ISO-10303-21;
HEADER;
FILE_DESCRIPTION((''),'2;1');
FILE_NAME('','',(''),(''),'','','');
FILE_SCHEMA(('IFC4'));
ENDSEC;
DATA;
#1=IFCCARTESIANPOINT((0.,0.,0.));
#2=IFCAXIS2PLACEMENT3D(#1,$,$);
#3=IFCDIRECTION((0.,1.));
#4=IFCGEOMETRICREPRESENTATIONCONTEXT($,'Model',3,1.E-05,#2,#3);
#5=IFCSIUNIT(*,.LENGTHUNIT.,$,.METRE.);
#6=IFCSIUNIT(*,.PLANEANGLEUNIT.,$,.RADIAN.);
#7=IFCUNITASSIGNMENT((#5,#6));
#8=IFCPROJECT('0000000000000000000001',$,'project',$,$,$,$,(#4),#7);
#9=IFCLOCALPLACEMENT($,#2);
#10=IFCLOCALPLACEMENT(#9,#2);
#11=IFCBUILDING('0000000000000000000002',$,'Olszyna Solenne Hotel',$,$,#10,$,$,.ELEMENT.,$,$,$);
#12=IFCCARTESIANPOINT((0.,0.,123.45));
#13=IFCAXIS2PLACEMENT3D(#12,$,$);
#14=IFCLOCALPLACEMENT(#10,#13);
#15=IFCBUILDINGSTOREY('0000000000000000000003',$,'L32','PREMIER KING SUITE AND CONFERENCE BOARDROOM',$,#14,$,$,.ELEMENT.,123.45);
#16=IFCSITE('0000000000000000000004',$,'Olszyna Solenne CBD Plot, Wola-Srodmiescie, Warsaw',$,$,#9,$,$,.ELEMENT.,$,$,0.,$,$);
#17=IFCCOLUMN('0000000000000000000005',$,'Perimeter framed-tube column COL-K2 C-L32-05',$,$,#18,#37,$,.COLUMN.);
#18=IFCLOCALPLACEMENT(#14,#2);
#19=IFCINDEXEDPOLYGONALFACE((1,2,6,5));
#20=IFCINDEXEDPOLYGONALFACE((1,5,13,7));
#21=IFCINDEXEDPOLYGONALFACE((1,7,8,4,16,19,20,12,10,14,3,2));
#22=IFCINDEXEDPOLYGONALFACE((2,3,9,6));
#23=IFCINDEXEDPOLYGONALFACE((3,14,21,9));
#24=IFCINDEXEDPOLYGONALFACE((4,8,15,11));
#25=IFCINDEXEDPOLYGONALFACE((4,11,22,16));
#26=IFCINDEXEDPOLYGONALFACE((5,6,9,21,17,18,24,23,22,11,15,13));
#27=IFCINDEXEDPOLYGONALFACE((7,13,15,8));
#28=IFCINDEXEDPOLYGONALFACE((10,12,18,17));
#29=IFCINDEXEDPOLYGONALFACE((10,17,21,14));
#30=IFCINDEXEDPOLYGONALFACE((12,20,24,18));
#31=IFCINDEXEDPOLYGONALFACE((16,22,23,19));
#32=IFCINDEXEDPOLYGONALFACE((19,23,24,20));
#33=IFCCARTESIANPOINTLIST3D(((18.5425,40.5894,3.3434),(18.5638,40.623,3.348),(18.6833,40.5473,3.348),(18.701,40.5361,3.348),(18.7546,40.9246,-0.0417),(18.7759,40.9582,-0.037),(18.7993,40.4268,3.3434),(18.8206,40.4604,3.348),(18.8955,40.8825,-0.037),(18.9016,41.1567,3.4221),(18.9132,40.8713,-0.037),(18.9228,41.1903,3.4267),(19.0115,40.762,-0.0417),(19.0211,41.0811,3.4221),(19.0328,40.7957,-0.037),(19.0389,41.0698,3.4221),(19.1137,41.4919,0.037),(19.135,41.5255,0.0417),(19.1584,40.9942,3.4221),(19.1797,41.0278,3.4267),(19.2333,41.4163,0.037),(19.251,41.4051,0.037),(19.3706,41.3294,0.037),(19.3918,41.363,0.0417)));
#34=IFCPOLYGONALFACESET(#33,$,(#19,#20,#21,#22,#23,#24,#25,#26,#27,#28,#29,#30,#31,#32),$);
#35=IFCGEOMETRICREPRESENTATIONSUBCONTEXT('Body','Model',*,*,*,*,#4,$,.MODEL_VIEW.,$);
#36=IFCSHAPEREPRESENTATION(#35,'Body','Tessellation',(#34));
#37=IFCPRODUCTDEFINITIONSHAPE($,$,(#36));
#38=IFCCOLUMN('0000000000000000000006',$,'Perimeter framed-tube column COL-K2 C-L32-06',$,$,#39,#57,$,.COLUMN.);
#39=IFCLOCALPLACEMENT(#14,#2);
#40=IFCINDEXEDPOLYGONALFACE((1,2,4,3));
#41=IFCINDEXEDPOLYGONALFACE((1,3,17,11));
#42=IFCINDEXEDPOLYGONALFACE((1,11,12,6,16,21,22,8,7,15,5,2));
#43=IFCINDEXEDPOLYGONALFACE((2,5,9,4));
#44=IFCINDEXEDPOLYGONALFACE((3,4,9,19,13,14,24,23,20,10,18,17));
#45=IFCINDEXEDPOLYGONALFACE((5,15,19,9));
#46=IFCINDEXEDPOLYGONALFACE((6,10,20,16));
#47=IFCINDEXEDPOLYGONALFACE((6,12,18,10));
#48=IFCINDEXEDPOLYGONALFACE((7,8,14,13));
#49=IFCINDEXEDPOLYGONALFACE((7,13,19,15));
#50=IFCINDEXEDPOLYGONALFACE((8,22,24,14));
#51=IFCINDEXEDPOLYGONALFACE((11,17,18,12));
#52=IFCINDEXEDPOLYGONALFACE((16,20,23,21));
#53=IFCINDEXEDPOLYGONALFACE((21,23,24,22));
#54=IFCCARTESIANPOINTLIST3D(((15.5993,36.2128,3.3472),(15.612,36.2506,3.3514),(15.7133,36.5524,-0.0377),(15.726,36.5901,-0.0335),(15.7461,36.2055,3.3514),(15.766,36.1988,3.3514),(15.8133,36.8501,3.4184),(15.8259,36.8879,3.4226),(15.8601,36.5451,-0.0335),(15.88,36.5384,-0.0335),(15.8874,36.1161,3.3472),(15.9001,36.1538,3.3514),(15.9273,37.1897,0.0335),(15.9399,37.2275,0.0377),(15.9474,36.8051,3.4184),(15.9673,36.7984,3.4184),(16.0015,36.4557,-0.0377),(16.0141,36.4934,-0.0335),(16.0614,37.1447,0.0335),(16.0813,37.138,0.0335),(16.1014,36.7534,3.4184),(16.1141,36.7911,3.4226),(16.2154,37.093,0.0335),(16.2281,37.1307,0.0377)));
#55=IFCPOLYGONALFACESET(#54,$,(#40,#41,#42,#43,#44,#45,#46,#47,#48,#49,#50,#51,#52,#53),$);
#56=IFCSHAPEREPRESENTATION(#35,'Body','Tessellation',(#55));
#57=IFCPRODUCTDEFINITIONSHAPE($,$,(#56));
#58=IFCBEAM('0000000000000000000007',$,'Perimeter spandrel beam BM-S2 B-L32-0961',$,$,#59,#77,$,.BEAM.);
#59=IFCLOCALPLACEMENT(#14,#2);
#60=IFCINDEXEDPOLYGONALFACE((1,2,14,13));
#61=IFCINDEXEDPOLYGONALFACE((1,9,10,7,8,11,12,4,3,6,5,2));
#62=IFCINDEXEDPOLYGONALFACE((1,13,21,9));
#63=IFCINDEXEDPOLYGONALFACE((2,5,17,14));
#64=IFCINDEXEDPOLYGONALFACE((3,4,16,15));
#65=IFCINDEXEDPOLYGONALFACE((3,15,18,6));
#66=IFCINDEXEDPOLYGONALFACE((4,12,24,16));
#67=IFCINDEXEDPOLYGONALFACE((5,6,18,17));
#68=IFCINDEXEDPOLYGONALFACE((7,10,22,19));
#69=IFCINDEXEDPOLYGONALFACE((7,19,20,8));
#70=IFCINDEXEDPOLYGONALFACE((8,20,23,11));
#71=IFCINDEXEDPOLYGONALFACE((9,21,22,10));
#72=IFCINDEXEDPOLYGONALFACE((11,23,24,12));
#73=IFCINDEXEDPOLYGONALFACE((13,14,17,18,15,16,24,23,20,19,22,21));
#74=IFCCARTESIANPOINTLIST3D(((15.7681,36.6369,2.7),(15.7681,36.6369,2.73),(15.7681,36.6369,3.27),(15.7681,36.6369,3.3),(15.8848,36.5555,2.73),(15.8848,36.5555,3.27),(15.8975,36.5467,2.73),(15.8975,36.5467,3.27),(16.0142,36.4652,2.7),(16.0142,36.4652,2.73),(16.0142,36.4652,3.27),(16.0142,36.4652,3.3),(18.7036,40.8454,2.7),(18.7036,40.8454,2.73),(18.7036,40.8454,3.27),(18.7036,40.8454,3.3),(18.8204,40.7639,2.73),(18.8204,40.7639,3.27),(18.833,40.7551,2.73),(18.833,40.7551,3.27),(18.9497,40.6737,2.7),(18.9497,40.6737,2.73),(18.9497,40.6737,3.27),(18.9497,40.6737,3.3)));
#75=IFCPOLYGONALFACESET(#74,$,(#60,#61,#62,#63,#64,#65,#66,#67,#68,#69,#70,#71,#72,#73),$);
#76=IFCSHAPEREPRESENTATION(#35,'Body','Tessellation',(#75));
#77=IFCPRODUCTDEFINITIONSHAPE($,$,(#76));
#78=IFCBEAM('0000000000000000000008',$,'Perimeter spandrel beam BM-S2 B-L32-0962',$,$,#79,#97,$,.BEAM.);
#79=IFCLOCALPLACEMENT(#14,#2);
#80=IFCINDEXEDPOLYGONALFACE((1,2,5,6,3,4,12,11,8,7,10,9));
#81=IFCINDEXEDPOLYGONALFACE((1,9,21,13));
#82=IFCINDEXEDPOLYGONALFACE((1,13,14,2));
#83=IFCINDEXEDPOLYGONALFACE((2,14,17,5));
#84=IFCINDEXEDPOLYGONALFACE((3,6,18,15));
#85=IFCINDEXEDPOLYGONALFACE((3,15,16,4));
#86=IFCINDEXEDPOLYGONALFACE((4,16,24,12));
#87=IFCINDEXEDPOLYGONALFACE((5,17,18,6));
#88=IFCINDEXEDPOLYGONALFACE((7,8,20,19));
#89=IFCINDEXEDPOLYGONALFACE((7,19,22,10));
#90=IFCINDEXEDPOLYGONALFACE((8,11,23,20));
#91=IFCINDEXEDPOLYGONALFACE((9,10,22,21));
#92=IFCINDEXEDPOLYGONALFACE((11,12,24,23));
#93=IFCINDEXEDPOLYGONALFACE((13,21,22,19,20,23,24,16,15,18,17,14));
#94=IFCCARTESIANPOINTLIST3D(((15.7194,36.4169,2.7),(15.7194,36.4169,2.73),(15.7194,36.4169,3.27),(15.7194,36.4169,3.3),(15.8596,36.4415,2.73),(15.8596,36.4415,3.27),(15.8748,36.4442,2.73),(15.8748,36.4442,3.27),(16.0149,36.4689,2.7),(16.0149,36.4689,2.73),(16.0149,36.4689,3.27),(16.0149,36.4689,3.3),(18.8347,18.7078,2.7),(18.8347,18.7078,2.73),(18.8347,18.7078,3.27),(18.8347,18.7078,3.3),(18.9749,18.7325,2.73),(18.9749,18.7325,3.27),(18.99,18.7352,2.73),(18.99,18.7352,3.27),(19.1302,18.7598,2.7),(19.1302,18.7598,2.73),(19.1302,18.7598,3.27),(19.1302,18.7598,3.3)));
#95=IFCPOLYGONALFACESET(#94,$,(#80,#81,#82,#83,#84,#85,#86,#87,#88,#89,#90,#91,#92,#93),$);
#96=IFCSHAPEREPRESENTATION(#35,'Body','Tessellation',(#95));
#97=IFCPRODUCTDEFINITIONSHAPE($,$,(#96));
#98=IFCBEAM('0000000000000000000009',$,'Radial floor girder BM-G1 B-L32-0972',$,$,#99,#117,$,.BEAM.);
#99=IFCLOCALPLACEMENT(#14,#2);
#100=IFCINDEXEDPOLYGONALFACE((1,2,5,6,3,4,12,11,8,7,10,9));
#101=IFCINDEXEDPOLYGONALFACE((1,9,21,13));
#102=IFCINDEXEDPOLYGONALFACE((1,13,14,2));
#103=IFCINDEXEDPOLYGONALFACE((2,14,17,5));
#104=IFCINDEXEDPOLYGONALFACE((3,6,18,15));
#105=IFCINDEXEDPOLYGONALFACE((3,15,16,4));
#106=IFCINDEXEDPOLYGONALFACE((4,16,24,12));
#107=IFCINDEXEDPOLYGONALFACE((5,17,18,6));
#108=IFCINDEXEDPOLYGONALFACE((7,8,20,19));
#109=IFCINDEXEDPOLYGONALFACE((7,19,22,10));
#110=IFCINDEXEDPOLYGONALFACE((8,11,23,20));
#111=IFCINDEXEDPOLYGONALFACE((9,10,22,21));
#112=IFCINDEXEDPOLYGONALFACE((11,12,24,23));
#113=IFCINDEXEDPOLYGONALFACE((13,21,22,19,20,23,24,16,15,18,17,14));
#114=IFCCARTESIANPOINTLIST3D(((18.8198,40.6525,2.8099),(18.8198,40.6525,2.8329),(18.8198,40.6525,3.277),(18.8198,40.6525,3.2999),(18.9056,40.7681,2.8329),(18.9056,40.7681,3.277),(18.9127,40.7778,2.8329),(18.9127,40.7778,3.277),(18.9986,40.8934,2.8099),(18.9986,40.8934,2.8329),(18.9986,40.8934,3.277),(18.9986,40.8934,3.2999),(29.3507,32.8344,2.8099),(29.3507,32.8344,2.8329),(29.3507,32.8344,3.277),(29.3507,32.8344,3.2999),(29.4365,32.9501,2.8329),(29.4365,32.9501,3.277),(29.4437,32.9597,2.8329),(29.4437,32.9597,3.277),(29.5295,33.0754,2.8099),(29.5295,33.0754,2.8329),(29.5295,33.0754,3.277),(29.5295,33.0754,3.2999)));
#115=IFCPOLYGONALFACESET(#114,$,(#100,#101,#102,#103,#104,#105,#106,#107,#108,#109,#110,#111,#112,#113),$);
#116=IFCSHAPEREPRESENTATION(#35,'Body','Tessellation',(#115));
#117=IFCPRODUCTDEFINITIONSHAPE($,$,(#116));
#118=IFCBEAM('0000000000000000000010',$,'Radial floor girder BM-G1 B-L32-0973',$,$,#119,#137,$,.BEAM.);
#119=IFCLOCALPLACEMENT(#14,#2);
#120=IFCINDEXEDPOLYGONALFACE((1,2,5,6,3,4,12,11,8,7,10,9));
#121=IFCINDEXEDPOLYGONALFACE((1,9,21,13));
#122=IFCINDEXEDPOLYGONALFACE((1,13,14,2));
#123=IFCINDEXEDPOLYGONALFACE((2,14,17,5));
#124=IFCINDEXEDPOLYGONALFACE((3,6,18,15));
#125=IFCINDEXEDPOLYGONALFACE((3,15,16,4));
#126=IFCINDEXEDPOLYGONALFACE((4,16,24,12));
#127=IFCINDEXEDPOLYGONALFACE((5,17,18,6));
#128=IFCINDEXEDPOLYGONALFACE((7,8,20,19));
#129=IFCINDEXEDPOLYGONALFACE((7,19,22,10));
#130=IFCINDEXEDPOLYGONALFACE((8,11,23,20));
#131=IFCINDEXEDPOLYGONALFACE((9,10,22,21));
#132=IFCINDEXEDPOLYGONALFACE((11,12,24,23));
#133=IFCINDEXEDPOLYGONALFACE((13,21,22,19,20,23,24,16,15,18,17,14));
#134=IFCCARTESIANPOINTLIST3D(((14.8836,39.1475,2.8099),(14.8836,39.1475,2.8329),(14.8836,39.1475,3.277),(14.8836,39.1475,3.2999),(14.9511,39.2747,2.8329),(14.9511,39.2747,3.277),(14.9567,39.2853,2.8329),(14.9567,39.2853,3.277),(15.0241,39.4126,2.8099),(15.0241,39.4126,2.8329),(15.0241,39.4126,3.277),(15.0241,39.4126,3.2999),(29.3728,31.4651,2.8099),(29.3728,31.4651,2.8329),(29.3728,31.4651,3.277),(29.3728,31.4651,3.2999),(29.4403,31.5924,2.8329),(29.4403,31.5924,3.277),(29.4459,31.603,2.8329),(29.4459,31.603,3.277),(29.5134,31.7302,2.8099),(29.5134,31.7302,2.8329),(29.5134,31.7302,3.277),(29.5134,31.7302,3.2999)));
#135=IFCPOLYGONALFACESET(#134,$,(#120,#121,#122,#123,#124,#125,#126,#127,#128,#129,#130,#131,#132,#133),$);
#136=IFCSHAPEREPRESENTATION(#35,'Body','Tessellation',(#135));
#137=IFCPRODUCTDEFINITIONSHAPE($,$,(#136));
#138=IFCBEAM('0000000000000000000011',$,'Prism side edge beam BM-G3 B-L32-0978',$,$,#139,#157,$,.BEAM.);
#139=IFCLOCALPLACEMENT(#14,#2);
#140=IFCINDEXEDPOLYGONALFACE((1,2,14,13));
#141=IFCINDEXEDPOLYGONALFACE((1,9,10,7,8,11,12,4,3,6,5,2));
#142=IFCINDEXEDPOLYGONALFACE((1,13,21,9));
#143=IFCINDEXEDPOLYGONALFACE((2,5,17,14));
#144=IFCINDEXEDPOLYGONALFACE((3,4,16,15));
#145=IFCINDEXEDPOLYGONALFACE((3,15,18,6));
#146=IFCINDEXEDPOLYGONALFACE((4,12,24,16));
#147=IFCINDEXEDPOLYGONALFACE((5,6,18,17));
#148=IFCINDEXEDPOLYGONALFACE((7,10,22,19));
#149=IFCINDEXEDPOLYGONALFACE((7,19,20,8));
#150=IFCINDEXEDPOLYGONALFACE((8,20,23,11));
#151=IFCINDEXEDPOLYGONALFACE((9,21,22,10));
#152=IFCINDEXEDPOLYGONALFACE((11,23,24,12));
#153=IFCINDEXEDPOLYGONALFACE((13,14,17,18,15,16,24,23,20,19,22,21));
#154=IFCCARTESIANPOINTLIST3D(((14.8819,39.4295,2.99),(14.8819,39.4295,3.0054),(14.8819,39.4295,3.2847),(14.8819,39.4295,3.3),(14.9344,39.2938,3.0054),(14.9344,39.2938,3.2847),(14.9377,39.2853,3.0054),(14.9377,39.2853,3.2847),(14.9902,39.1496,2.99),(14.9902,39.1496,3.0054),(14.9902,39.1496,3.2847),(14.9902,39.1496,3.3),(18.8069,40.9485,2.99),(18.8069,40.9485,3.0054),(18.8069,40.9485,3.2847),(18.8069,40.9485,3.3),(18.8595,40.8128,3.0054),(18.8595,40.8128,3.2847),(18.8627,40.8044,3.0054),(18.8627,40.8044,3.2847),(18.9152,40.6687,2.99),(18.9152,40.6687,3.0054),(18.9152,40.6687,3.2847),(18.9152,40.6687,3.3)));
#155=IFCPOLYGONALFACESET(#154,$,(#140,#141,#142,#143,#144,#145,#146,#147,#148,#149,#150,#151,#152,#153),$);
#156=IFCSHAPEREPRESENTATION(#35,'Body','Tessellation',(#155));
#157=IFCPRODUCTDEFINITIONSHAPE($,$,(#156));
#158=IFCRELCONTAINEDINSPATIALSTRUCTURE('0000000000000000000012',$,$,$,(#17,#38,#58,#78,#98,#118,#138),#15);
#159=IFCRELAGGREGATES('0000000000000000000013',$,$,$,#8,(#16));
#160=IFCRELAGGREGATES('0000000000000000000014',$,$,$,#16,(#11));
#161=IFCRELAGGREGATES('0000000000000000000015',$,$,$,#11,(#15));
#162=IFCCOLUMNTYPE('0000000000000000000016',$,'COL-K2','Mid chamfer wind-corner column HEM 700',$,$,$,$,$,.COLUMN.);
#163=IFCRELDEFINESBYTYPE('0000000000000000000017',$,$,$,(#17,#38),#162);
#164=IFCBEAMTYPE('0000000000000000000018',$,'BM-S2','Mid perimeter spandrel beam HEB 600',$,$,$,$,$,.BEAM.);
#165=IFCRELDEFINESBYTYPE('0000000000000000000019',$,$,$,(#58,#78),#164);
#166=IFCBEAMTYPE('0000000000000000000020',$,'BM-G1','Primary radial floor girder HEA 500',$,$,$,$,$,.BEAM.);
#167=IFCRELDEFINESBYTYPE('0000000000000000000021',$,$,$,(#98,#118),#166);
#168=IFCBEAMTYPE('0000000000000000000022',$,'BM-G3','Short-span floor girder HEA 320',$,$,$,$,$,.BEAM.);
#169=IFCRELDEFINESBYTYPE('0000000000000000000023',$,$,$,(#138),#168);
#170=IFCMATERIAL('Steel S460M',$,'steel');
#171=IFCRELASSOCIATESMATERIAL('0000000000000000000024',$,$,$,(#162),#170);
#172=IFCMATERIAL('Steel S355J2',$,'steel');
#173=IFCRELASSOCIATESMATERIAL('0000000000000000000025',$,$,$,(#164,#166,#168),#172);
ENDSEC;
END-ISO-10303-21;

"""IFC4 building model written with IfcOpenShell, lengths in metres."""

from ifc_helpers import new_model, si_unit, direction, frame, origin, origin_2d, place, context, subcontext, project, spatial, i_section, extrude, source, transform, mapped, material, material_profile, profile_set, type_object, element, save


model = new_model("IFC4")

# Units and contexts
model_context = context("Model", 3, precision=1e-05, world=origin(), true_north=direction((0.0, 1.0)))
body_context = subcontext(model_context, "Body", "Model", "MODEL_VIEW")
ifc_project = project(units=[si_unit("LENGTHUNIT", "METRE"), si_unit("PLANEANGLEUNIT", "RADIAN")], contexts=[model_context])

# Site, building, storey
site_placement = place(None, origin())
site = spatial("IfcSite", under=ifc_project, at=site_placement, Name="Olszyna Solenne CBD Plot, Wola-Srodmiescie, Warsaw", CompositionType="ELEMENT", RefElevation=0.0)
building_placement = place(site_placement, origin())
building = spatial("IfcBuilding", under=site, at=building_placement, Name="Olszyna Solenne Hotel", CompositionType="ELEMENT")
storey_placement = place(building_placement, frame((0.0, 0.0, 123.45)))
storey = spatial("IfcBuildingStorey", under=building, at=storey_placement, Name="L32", Description="PREMIER KING SUITE AND CONFERENCE BOARDROOM", CompositionType="ELEMENT", Elevation=123.45)

# Columns
ifc_material_1 = material(Name="Steel S460M", Category="steel")
ifc_material_profile_1 = material_profile(ifc_material_1, i_section(OverallWidth=0.304, OverallDepth=0.7161, WebThickness=0.021, FlangeThickness=0.04, at=origin_2d()), Name="HEM 700", Category="load-bearing")
ifc_profile_set_1 = profile_set([ifc_material_profile_1], Name="Steel S460M")
column_type = type_object("IfcColumnType", Name="COL-K2", Description="Mid chamfer wind-corner column HEM 700", PredefinedType="COLUMN", material=ifc_profile_set_1)
shared_shape_1 = source(origin(), body_context, "Body", "SweptSolid", [
    extrude(i_section(OverallWidth=0.304, OverallDepth=0.7161, WebThickness=0.021, FlangeThickness=0.04, at=origin_2d()), origin(), (0.0, 0.0, 1.0), 3.4082),
])
column_1_placement = place(storey_placement, frame((19.0732, 41.1438, 0.0), z_axis=(-0.06225, -0.098353, 0.993203), x_axis=(0.844977, -0.534803, 0.0)))
element("IfcColumn", 1, at=column_1_placement, inside=storey, type_object=column_type, Name="Perimeter framed-tube column COL-K2 C-L32-05", PredefinedType="COLUMN", context=body_context, shape_type="MappedRepresentation", body=[
    mapped(shared_shape_1, transform((0.0, 0.0, 0.0), x_axis=(1.0, 0.0, 0.0), y_axis=(0.0, 1.0, 0.0), z_axis=(0.0, 0.0, 1.0), scale=1.0)),
])
shared_shape_2 = source(origin(), body_context, "Body", "SweptSolid", [
    extrude(i_section(OverallWidth=0.304, OverallDepth=0.7161, WebThickness=0.021, FlangeThickness=0.04, at=origin_2d()), origin(), (0.0, 0.0, 1.0), 3.4038),
])
column_2_placement = place(storey_placement, frame((15.9707, 36.8416, 0.0), z_axis=(-0.033495, -0.099767, 0.994447), x_axis=(0.948, -0.318272, 0.0)))
element("IfcColumn", 2, at=column_2_placement, inside=storey, type_object=column_type, Name="Perimeter framed-tube column COL-K2 C-L32-06", PredefinedType="COLUMN", context=body_context, shape_type="MappedRepresentation", body=[
    mapped(shared_shape_2, transform((0.0, 0.0, 0.0), x_axis=(1.0, 0.0, 0.0), y_axis=(0.0, 1.0, 0.0), z_axis=(0.0, 0.0, 1.0), scale=1.0)),
])

# Beams
ifc_material_2 = material(Name="Steel S355J2", Category="steel")
ifc_material_profile_2 = material_profile(ifc_material_2, i_section(OverallWidth=0.3, OverallDepth=0.6001, WebThickness=0.0154, FlangeThickness=0.03, at=origin_2d()), Name="HEB 600", Category="load-bearing")
ifc_profile_set_2 = profile_set([ifc_material_profile_2], Name="Steel S355J2")
beam_type_1 = type_object("IfcBeamType", Name="BM-S2", Description="Mid perimeter spandrel beam HEB 600", PredefinedType="BEAM", material=ifc_profile_set_2)
shared_shape_3 = source(origin(), body_context, "Body", "SweptSolid", [
    extrude(i_section(OverallWidth=0.3, OverallDepth=0.6001, WebThickness=0.0154, FlangeThickness=0.03, at=origin_2d()), origin(), (0.0, 0.0, 1.0), 5.1311),
])
beam_1_placement = place(storey_placement, frame((18.8267, 40.7595, 3.0), z_axis=(-0.572101, -0.820183, 0.0), x_axis=(0.820183, -0.572101, 0.0)))
element("IfcBeam", 3, at=beam_1_placement, inside=storey, type_object=beam_type_1, Name="Perimeter spandrel beam BM-S2 B-L32-0961", PredefinedType="BEAM", context=body_context, shape_type="MappedRepresentation", body=[
    mapped(shared_shape_3, transform((0.0, 0.0, 0.0), x_axis=(1.0, 0.0, 0.0), y_axis=(0.0, 1.0, 0.0), z_axis=(0.0, 0.0, 1.0), scale=1.0)),
])
shared_shape_4 = source(origin(), body_context, "Body", "SweptSolid", [
    extrude(i_section(OverallWidth=0.3, OverallDepth=0.6001, WebThickness=0.0154, FlangeThickness=0.03, at=origin_2d()), origin(), (0.0, 0.0, 1.0), 17.981),
])
beam_2_placement = place(storey_placement, frame((15.8672, 36.4429, 3.0), z_axis=(0.173252, -0.984877, 0.0), x_axis=(0.984877, 0.173252, 0.0)))
element("IfcBeam", 4, at=beam_2_placement, inside=storey, type_object=beam_type_1, Name="Perimeter spandrel beam BM-S2 B-L32-0962", PredefinedType="BEAM", context=body_context, shape_type="MappedRepresentation", body=[
    mapped(shared_shape_4, transform((0.0, 0.0, 0.0), x_axis=(1.0, 0.0, 0.0), y_axis=(0.0, 1.0, 0.0), z_axis=(0.0, 0.0, 1.0), scale=1.0)),
])
ifc_material_profile_3 = material_profile(ifc_material_2, i_section(OverallWidth=0.3, OverallDepth=0.49, WebThickness=0.012, FlangeThickness=0.0229, at=origin_2d()), Name="HEA 500", Category="load-bearing")
ifc_profile_set_3 = profile_set([ifc_material_profile_3], Name="Steel S355J2")
beam_type_2 = type_object("IfcBeamType", Name="BM-G1", Description="Primary radial floor girder HEA 500", PredefinedType="BEAM", material=ifc_profile_set_3)
shared_shape_5 = source(origin(), body_context, "Body", "SweptSolid", [
    extrude(i_section(OverallWidth=0.3, OverallDepth=0.49, WebThickness=0.012, FlangeThickness=0.0229, at=origin_2d()), origin(), (0.0, 0.0, 1.0), 13.1157),
])
beam_3_placement = place(storey_placement, frame((18.9092, 40.7729, 3.0549), z_axis=(0.802923, -0.596082, 0.0), x_axis=(0.596082, 0.802923, 0.0)))
element("IfcBeam", 5, at=beam_3_placement, inside=storey, type_object=beam_type_2, Name="Radial floor girder BM-G1 B-L32-0972", PredefinedType="BEAM", context=body_context, shape_type="MappedRepresentation", body=[
    mapped(shared_shape_5, transform((0.0, 0.0, 0.0), x_axis=(1.0, 0.0, 0.0), y_axis=(0.0, 1.0, 0.0), z_axis=(0.0, 0.0, 1.0), scale=1.0)),
])
shared_shape_6 = source(origin(), body_context, "Body", "SweptSolid", [
    extrude(i_section(OverallWidth=0.3, OverallDepth=0.49, WebThickness=0.012, FlangeThickness=0.0229, at=origin_2d()), origin(), (0.0, 0.0, 1.0), 16.3999),
])
beam_4_placement = place(storey_placement, frame((14.9539, 39.28, 3.0549), z_axis=(0.883496, -0.46844, 0.0), x_axis=(0.46844, 0.883496, 0.0)))
element("IfcBeam", 6, at=beam_4_placement, inside=storey, type_object=beam_type_2, Name="Radial floor girder BM-G1 B-L32-0973", PredefinedType="BEAM", context=body_context, shape_type="MappedRepresentation", body=[
    mapped(shared_shape_6, transform((0.0, 0.0, 0.0), x_axis=(1.0, 0.0, 0.0), y_axis=(0.0, 1.0, 0.0), z_axis=(0.0, 0.0, 1.0), scale=1.0)),
])
ifc_material_profile_4 = material_profile(ifc_material_2, i_section(OverallWidth=0.3, OverallDepth=0.3101, WebThickness=0.009, FlangeThickness=0.0154, at=origin_2d()), Name="HEA 320", Category="load-bearing")
ifc_profile_set_4 = profile_set([ifc_material_profile_4], Name="Steel S355J2")
beam_type_3 = type_object("IfcBeamType", Name="BM-G3", Description="Short-span floor girder HEA 320", PredefinedType="BEAM", material=ifc_profile_set_4)
shared_shape_7 = source(origin(), body_context, "Body", "SweptSolid", [
    extrude(i_section(OverallWidth=0.3, OverallDepth=0.3101, WebThickness=0.009, FlangeThickness=0.0154, at=origin_2d()), origin(), (0.0, 0.0, 1.0), 4.2087),
])
beam_5_placement = place(storey_placement, frame((18.8611, 40.8086, 3.145), z_axis=(-0.932595, -0.360926, 0.0), x_axis=(0.360926, -0.932595, 0.0)))
element("IfcBeam", 7, at=beam_5_placement, inside=storey, type_object=beam_type_3, Name="Prism side edge beam BM-G3 B-L32-0978", PredefinedType="BEAM", context=body_context, shape_type="MappedRepresentation", body=[
    mapped(shared_shape_7, transform((0.0, 0.0, 0.0), x_axis=(1.0, 0.0, 0.0), y_axis=(0.0, 1.0, 0.0), z_axis=(0.0, 0.0, 1.0), scale=1.0)),
])

save(model, "model.ifc")
